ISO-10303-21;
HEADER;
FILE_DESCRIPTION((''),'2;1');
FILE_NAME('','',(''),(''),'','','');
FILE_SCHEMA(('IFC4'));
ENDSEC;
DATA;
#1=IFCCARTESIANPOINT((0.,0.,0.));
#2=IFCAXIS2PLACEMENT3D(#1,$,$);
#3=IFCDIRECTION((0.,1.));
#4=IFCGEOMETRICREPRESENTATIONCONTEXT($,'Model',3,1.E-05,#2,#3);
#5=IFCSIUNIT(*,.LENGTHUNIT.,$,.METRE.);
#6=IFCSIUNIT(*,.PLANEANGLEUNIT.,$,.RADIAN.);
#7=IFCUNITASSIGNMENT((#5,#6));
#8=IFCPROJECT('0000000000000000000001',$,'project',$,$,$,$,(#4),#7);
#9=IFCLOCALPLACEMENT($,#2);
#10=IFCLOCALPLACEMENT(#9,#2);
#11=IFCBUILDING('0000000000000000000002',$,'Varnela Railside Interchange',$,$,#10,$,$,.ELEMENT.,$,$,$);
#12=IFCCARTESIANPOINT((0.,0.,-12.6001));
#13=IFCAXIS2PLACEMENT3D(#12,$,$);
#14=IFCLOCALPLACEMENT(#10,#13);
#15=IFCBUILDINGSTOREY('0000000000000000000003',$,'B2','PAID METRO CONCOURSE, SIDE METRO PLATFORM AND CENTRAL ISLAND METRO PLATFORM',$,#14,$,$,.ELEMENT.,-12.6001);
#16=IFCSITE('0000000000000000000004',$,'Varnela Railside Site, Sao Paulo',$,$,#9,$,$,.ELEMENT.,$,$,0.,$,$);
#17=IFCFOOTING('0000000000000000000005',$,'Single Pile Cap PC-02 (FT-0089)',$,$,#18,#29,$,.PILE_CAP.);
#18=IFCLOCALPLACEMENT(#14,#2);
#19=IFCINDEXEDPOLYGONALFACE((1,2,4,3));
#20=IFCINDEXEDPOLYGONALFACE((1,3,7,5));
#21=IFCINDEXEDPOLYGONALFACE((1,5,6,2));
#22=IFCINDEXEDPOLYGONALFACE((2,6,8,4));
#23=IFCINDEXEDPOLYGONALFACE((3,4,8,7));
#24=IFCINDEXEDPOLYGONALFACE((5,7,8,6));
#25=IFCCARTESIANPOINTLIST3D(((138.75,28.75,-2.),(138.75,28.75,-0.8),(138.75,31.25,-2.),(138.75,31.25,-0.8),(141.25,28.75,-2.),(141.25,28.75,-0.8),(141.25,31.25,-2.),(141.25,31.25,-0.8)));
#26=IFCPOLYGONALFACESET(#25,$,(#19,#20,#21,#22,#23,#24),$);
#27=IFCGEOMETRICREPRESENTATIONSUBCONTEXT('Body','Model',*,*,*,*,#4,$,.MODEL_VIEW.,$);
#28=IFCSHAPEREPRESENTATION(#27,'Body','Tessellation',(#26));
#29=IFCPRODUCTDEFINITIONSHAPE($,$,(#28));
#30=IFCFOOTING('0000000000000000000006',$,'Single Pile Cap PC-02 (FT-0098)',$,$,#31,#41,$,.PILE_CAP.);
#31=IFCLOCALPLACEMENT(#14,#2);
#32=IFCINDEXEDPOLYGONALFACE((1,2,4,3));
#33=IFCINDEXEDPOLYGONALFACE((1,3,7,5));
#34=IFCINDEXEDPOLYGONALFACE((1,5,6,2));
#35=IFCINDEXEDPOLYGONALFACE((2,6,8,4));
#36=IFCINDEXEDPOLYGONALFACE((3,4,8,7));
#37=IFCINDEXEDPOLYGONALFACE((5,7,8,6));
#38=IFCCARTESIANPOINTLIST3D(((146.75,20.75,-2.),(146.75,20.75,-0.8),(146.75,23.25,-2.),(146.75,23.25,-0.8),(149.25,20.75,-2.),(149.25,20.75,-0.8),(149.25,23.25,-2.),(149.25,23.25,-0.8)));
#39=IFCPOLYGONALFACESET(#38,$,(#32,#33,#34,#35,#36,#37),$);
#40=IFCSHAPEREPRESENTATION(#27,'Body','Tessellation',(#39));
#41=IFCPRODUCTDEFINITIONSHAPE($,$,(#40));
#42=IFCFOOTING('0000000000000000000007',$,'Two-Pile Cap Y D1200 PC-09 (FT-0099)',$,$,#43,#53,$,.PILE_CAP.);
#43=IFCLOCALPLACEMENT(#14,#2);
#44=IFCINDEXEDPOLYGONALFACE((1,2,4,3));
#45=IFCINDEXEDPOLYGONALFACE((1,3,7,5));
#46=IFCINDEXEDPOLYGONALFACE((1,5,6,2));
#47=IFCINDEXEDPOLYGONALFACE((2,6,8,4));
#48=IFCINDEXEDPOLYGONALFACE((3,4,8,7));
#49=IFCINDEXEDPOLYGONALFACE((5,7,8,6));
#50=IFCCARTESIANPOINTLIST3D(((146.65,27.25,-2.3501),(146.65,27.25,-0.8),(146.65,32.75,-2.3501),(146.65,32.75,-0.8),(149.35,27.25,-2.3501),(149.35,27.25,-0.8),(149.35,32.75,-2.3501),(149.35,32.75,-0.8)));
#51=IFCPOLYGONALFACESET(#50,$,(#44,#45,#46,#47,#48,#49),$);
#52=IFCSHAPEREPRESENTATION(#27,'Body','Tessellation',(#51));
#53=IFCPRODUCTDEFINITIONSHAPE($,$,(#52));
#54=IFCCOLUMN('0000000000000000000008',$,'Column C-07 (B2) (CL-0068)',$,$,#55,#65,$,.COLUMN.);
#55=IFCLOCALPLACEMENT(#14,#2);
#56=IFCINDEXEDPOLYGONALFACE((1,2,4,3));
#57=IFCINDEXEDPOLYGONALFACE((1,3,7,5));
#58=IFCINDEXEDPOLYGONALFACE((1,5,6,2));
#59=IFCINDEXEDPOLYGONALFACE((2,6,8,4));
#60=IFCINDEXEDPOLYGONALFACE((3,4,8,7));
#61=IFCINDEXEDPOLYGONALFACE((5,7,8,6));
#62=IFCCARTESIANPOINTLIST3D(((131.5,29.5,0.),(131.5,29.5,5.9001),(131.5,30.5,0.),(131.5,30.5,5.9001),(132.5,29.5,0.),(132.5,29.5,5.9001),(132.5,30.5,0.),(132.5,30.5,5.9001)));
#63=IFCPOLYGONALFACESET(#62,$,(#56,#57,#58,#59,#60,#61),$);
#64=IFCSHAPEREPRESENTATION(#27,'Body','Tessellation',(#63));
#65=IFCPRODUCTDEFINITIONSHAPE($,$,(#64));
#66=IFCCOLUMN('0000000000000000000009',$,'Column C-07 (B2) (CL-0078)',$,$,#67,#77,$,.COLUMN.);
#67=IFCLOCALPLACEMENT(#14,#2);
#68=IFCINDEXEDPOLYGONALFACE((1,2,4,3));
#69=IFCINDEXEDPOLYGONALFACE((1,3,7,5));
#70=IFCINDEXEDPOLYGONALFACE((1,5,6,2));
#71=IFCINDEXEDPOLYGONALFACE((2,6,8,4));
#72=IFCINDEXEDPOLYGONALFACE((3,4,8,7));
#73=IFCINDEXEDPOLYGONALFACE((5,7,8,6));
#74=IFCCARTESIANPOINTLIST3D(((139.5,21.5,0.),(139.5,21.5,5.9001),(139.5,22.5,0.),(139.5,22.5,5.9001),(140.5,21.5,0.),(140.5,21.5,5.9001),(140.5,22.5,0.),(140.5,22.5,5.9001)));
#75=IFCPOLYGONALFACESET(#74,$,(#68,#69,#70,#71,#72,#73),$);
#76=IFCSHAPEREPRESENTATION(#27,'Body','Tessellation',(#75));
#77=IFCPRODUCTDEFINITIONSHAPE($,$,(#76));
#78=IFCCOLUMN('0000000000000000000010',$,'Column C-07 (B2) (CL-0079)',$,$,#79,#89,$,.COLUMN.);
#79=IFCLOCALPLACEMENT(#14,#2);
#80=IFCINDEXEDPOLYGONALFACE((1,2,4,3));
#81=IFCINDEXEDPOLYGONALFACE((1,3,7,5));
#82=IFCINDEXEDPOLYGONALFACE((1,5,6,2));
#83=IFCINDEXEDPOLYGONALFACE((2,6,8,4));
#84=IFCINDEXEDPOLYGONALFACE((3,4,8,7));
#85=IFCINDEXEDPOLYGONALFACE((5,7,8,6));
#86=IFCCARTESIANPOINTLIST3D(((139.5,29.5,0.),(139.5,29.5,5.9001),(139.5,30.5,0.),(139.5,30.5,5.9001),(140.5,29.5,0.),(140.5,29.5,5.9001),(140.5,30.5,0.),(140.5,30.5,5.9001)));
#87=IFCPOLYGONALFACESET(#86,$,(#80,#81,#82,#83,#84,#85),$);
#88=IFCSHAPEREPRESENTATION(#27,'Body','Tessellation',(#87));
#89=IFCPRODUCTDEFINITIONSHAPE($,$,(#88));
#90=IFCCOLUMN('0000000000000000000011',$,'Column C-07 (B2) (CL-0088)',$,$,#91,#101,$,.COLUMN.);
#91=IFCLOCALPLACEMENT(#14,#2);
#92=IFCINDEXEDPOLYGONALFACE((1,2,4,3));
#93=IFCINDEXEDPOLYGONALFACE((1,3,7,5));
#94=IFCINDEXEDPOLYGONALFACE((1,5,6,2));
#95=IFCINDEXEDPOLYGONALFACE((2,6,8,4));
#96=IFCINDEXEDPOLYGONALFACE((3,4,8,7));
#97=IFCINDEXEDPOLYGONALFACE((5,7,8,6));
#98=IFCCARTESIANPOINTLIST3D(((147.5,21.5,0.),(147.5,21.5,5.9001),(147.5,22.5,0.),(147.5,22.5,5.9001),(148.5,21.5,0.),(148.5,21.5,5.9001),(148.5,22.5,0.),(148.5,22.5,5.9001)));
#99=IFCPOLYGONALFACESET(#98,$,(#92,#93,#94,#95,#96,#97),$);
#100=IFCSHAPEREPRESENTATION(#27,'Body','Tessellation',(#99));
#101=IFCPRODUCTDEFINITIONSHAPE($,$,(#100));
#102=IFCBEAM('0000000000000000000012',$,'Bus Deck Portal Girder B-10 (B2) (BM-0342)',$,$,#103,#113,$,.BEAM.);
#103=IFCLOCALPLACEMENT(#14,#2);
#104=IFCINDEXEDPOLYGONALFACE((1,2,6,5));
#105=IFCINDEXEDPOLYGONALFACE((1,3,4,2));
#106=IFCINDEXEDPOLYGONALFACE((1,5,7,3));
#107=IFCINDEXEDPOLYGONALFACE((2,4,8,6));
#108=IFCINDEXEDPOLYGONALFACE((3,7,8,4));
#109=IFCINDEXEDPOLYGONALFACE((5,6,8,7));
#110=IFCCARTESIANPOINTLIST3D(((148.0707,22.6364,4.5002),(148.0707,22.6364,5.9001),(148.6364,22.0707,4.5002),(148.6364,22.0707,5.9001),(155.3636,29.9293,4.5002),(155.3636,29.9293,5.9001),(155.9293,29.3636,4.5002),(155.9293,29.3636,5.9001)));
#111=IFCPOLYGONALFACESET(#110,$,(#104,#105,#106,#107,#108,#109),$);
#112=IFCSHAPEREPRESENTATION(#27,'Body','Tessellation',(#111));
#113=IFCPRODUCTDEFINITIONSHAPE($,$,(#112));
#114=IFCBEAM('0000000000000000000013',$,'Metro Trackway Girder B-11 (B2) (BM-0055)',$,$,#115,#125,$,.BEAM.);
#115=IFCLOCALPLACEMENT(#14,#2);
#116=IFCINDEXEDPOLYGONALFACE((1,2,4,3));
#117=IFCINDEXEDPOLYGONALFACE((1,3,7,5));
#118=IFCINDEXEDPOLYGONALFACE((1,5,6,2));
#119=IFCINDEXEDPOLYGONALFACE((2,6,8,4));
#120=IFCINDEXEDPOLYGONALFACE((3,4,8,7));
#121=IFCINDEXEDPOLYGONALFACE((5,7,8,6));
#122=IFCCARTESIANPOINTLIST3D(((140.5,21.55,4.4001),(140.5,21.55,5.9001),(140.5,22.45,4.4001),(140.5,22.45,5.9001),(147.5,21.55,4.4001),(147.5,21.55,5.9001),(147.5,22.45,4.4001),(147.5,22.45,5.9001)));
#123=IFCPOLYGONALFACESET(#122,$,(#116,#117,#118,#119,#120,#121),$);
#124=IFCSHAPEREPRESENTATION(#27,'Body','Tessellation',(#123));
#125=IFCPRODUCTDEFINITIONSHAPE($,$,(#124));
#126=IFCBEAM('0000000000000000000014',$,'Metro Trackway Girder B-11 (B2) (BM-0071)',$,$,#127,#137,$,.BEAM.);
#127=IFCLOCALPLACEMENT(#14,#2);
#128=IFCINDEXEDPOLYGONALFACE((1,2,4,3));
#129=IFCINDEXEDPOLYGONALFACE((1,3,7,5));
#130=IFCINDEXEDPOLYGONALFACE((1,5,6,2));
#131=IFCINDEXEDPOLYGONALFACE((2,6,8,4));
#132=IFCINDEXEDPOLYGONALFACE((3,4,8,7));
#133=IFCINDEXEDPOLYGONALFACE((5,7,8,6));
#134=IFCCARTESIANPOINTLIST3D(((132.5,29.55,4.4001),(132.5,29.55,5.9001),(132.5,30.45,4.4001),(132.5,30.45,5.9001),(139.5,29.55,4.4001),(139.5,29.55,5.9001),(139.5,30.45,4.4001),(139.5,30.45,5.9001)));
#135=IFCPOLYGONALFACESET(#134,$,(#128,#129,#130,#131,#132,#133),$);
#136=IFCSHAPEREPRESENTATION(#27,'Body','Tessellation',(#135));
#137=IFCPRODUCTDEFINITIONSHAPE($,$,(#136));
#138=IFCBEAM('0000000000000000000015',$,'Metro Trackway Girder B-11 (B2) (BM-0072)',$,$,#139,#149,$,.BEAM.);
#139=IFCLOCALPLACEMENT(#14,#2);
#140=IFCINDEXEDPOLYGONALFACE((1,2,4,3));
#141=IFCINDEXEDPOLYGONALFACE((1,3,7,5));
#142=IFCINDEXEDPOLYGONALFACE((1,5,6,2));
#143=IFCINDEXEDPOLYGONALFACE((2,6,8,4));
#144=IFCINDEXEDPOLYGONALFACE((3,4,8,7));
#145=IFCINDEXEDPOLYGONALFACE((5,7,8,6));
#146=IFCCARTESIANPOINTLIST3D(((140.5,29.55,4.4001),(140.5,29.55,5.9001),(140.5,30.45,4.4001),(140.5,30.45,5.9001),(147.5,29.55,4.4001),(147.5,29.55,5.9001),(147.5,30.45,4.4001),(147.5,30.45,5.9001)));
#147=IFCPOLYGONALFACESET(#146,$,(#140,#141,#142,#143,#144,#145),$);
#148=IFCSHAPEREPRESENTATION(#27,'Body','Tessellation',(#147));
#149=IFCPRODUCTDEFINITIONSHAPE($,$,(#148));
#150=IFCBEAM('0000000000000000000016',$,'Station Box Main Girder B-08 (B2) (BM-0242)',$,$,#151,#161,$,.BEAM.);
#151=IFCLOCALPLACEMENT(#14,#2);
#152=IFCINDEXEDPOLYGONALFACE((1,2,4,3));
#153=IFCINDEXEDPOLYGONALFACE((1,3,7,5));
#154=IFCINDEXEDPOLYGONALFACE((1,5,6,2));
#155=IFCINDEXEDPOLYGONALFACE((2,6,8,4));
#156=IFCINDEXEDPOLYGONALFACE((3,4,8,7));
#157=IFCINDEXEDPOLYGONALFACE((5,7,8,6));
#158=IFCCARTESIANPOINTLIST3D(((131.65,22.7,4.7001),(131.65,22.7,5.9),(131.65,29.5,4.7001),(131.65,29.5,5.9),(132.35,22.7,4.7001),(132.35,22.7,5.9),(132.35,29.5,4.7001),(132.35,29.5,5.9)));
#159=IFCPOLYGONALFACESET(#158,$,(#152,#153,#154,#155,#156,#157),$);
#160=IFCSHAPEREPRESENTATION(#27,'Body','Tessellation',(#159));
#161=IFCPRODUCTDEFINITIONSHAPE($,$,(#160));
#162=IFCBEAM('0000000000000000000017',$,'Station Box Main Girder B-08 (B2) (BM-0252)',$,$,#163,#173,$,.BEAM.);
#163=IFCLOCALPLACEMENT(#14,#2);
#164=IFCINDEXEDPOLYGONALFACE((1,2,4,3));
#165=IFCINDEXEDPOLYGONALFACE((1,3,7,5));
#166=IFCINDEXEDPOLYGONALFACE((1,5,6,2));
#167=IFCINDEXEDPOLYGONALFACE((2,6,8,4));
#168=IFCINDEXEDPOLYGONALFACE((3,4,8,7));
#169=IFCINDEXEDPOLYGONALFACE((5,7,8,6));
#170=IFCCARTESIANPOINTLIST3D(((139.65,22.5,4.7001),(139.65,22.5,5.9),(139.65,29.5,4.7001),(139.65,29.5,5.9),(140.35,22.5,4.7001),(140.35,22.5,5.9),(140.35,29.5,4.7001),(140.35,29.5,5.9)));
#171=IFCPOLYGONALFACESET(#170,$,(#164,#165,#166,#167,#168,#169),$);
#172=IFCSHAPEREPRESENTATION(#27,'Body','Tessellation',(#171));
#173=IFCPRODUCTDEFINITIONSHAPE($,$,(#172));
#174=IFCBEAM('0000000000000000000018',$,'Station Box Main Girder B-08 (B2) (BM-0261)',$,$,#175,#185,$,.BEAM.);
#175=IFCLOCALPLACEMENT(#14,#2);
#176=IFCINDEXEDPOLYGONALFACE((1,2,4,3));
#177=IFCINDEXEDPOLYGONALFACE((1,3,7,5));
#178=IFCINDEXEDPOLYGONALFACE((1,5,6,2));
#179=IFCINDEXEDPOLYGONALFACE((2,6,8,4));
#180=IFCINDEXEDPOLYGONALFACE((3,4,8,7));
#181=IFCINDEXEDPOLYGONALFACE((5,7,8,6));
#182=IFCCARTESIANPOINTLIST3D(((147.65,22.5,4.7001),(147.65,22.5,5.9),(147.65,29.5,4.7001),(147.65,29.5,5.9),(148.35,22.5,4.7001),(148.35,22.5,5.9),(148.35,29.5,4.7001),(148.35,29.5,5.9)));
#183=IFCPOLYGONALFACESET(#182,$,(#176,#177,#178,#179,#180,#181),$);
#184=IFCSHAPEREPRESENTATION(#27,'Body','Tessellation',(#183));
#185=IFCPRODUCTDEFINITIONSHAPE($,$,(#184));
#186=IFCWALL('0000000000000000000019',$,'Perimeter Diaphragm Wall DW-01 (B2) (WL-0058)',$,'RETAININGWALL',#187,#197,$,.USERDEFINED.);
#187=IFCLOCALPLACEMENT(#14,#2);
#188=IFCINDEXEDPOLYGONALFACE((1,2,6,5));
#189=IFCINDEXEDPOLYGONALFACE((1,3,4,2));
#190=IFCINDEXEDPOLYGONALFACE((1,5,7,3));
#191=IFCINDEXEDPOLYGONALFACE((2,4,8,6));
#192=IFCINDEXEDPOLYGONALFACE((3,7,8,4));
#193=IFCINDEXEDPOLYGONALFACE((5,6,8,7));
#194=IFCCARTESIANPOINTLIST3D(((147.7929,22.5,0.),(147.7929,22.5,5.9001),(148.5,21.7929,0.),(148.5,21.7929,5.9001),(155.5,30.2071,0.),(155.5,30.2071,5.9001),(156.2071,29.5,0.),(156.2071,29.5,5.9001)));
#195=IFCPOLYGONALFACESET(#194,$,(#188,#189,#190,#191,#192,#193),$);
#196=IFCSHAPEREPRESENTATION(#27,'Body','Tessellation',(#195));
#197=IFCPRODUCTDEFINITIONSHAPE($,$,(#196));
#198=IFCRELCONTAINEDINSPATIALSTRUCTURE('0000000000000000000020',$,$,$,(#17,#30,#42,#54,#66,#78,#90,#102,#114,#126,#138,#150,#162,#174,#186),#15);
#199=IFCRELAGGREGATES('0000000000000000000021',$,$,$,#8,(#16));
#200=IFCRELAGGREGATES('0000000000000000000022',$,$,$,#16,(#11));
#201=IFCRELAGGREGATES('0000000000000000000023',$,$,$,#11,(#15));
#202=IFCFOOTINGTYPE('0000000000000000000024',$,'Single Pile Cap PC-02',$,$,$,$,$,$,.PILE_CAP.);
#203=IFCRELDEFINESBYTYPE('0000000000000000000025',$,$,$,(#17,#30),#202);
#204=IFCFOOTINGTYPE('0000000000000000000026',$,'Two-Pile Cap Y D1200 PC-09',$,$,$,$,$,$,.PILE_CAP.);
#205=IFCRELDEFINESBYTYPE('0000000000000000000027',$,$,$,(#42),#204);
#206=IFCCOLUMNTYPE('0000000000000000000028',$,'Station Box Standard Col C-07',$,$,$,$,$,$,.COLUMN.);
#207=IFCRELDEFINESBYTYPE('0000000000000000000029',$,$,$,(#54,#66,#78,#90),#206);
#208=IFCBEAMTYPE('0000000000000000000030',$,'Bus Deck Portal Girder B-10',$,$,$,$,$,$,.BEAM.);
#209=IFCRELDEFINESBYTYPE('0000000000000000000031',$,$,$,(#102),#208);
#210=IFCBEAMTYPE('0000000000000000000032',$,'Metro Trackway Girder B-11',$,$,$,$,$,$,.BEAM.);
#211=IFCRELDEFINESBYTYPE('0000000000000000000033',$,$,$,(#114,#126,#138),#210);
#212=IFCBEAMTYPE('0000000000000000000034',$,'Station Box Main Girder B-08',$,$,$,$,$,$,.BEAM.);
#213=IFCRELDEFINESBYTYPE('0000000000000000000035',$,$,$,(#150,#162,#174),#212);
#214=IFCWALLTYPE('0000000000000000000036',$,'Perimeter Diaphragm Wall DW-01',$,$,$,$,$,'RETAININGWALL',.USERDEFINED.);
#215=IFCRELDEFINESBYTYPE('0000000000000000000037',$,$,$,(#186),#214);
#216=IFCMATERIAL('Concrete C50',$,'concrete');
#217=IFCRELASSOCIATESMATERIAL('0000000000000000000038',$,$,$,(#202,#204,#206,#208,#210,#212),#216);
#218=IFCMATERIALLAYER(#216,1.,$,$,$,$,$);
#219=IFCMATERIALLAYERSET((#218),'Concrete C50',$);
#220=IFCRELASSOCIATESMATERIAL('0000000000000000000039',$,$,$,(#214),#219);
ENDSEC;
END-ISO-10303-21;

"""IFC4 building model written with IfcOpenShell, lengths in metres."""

from ifc_helpers import new_model, si_unit, direction, frame, frame_2d, origin, origin_2d, place, context, subcontext, project, spatial, rectangle, extrude, material, layer, layer_set, material_profile, profile_set, type_object, element, save


model = new_model("IFC4")

# Units and contexts
model_context = context("Model", 3, precision=1e-05, world=origin(), true_north=direction((0.0, 1.0)))
body_context = subcontext(model_context, "Body", "Model", "MODEL_VIEW")
ifc_project = project(units=[si_unit("LENGTHUNIT", "METRE"), si_unit("PLANEANGLEUNIT", "RADIAN")], contexts=[model_context])

# Site, building, storey
site_placement = place(None, origin())
site = spatial("IfcSite", under=ifc_project, at=site_placement, Name="Varnela Railside Site, Sao Paulo", CompositionType="ELEMENT", RefElevation=0.0)
building_placement = place(site_placement, origin())
building = spatial("IfcBuilding", under=site, at=building_placement, Name="Varnela Railside Interchange", CompositionType="ELEMENT")
storey_placement = place(building_placement, frame((0.0, 0.0, -12.6001)))
storey = spatial("IfcBuildingStorey", under=building, at=storey_placement, Name="B2", Description="PAID METRO CONCOURSE, SIDE METRO PLATFORM AND CENTRAL ISLAND METRO PLATFORM", CompositionType="ELEMENT", Elevation=-12.6001)

# Footings
ifc_material_1 = material(Name="Concrete C50", Category="concrete")
footing_type_1 = type_object("IfcFootingType", Name="Single Pile Cap PC-02", PredefinedType="PILE_CAP", material=ifc_material_1)
for number, where, z_axis, x_axis, name in (
    (1, (140.0, 30.0, -2.0), (0.0, 0.0, 1.0), (1.0, 0.0, 0.0), "Single Pile Cap PC-02 (FT-0089)"),
    (2, (148.0, 22.0, -2.0), (0.0, 0.0, 1.0), (1.0, 0.0, 0.0), "Single Pile Cap PC-02 (FT-0098)"),
):
    element("IfcFooting", number, at=place(storey_placement, frame(where, z_axis=z_axis, x_axis=x_axis)), inside=storey, type_object=footing_type_1, Name=name, PredefinedType="PILE_CAP", context=body_context, shape_type="SweptSolid", body=[
        extrude(rectangle(XDim=2.5, YDim=2.5, at=origin_2d()), origin(), (0.0, 0.0, 1.0), 1.2),
    ])
footing_type_2 = type_object("IfcFootingType", Name="Two-Pile Cap Y D1200 PC-09", PredefinedType="PILE_CAP", material=ifc_material_1)
footing_1_placement = place(storey_placement, frame((148.0, 30.0, -2.3501), z_axis=(0.0, 0.0, 1.0), x_axis=(1.0, 0.0, 0.0)))
element("IfcFooting", 3, at=footing_1_placement, inside=storey, type_object=footing_type_2, Name="Two-Pile Cap Y D1200 PC-09 (FT-0099)", PredefinedType="PILE_CAP", context=body_context, shape_type="SweptSolid", body=[
    extrude(rectangle(XDim=2.7, YDim=5.5, at=origin_2d()), origin(), (0.0, 0.0, 1.0), 1.55),
])

# Columns
ifc_material_profile_1 = material_profile(ifc_material_1, rectangle(XDim=1.0, YDim=1.0, at=origin_2d()), Name="RC 1000x1000")
ifc_profile_set_1 = profile_set([ifc_material_profile_1], Name="Concrete C50")
column_type = type_object("IfcColumnType", Name="Station Box Standard Col C-07", PredefinedType="COLUMN", material=ifc_profile_set_1)
for number, where, z_axis, x_axis, name in (
    (4, (132.0, 30.0, 0.0), (0.0, 0.0, 1.0), (1.0, 0.0, 0.0), "Column C-07 (B2) (CL-0068)"),
    (5, (140.0, 22.0, 0.0), (0.0, 0.0, 1.0), (1.0, 0.0, 0.0), "Column C-07 (B2) (CL-0078)"),
    (6, (140.0, 30.0, 0.0), (0.0, 0.0, 1.0), (1.0, 0.0, 0.0), "Column C-07 (B2) (CL-0079)"),
    (7, (148.0, 22.0, 0.0), (0.0, 0.0, 1.0), (1.0, 0.0, 0.0), "Column C-07 (B2) (CL-0088)"),
):
    element("IfcColumn", number, at=place(storey_placement, frame(where, z_axis=z_axis, x_axis=x_axis)), inside=storey, type_object=column_type, Name=name, PredefinedType="COLUMN", context=body_context, shape_type="SweptSolid", body=[
        extrude(rectangle(XDim=1.0, YDim=1.0, at=origin_2d()), origin(), (0.0, 0.0, 1.0), 5.9001),
    ])

# Beams
ifc_material_profile_2 = material_profile(ifc_material_1, rectangle(XDim=0.8, YDim=1.3999, at=origin_2d()), Name="RC 800x1400")
ifc_profile_set_2 = profile_set([ifc_material_profile_2], Name="Concrete C50")
beam_type_1 = type_object("IfcBeamType", Name="Bus Deck Portal Girder B-10", PredefinedType="BEAM", material=ifc_profile_set_2)
beam_1_placement = place(storey_placement, frame((148.3535, 22.3535, 5.2002), z_axis=(0.707107, 0.707107, 0.0), x_axis=(-0.707107, 0.707107, 0.0)))
element("IfcBeam", 8, at=beam_1_placement, inside=storey, type_object=beam_type_1, Name="Bus Deck Portal Girder B-10 (B2) (BM-0342)", PredefinedType="BEAM", context=body_context, shape_type="SweptSolid", body=[
    extrude(rectangle(XDim=0.8, YDim=1.3999, at=origin_2d()), origin(), (0.0, 0.0, 1.0), 10.3137),
])
ifc_material_profile_3 = material_profile(ifc_material_1, rectangle(XDim=0.8999, YDim=1.5, at=origin_2d()), Name="RC 900x1500")
ifc_profile_set_3 = profile_set([ifc_material_profile_3], Name="Concrete C50")
beam_type_2 = type_object("IfcBeamType", Name="Metro Trackway Girder B-11", PredefinedType="BEAM", material=ifc_profile_set_3)
for number, where, z_axis, x_axis, name in (
    (9, (140.5, 22.0, 5.1501), (1.0, 0.0, 0.0), (0.0, 1.0, 0.0), "Metro Trackway Girder B-11 (B2) (BM-0055)"),
    (10, (132.5, 30.0, 5.1501), (1.0, 0.0, 0.0), (0.0, 1.0, 0.0), "Metro Trackway Girder B-11 (B2) (BM-0071)"),
    (11, (140.5, 30.0, 5.1501), (1.0, 0.0, 0.0), (0.0, 1.0, 0.0), "Metro Trackway Girder B-11 (B2) (BM-0072)"),
):
    element("IfcBeam", number, at=place(storey_placement, frame(where, z_axis=z_axis, x_axis=x_axis)), inside=storey, type_object=beam_type_2, Name=name, PredefinedType="BEAM", context=body_context, shape_type="SweptSolid", body=[
        extrude(rectangle(XDim=0.8999, YDim=1.5, at=origin_2d()), origin(), (0.0, 0.0, 1.0), 7.0),
    ])
ifc_material_profile_4 = material_profile(ifc_material_1, rectangle(XDim=0.7, YDim=1.2, at=origin_2d()), Name="RC 700x1200")
ifc_profile_set_4 = profile_set([ifc_material_profile_4], Name="Concrete C50")
beam_type_3 = type_object("IfcBeamType", Name="Station Box Main Girder B-08", PredefinedType="BEAM", material=ifc_profile_set_4)
beam_2_placement = place(storey_placement, frame((132.0, 22.7, 5.3), z_axis=(0.0, 1.0, 0.0), x_axis=(-1.0, 0.0, 0.0)))
element("IfcBeam", 12, at=beam_2_placement, inside=storey, type_object=beam_type_3, Name="Station Box Main Girder B-08 (B2) (BM-0242)", PredefinedType="BEAM", context=body_context, shape_type="SweptSolid", body=[
    extrude(rectangle(XDim=0.7, YDim=1.2, at=origin_2d()), origin(), (0.0, 0.0, 1.0), 6.8),
])
for number, where, z_axis, x_axis, name in (
    (13, (140.0, 22.5, 5.3), (0.0, 1.0, 0.0), (-1.0, 0.0, 0.0), "Station Box Main Girder B-08 (B2) (BM-0252)"),
    (14, (148.0, 22.5, 5.3), (0.0, 1.0, 0.0), (-1.0, 0.0, 0.0), "Station Box Main Girder B-08 (B2) (BM-0261)"),
):
    element("IfcBeam", number, at=place(storey_placement, frame(where, z_axis=z_axis, x_axis=x_axis)), inside=storey, type_object=beam_type_3, Name=name, PredefinedType="BEAM", context=body_context, shape_type="SweptSolid", body=[
        extrude(rectangle(XDim=0.7, YDim=1.2, at=origin_2d()), origin(), (0.0, 0.0, 1.0), 7.0),
    ])

# Wall
ifc_layer = layer(ifc_material_1, 1.0)
ifc_layer_set = layer_set([ifc_layer], Name="Concrete C50")
wall_type = type_object("IfcWallType", Name="Perimeter Diaphragm Wall DW-01", ElementType="RETAININGWALL", PredefinedType="USERDEFINED", material=ifc_layer_set)
wall_placement = place(storey_placement, frame((148.1465, 22.1465, 0.0), z_axis=(0.0, 0.0, 1.0), x_axis=(0.707107, 0.707107, 0.0)))
element("IfcWall", 15, at=wall_placement, inside=storey, type_object=wall_type, Name="Perimeter Diaphragm Wall DW-01 (B2) (WL-0058)", ObjectType="RETAININGWALL", PredefinedType="USERDEFINED", context=body_context, shape_type="SweptSolid", body=[
    extrude(rectangle(XDim=10.8994, YDim=1.0, at=frame_2d((5.4497, 0.0))), origin(), (0.0, 0.0, 1.0), 5.9001),
])

save(model, "model.ifc")
